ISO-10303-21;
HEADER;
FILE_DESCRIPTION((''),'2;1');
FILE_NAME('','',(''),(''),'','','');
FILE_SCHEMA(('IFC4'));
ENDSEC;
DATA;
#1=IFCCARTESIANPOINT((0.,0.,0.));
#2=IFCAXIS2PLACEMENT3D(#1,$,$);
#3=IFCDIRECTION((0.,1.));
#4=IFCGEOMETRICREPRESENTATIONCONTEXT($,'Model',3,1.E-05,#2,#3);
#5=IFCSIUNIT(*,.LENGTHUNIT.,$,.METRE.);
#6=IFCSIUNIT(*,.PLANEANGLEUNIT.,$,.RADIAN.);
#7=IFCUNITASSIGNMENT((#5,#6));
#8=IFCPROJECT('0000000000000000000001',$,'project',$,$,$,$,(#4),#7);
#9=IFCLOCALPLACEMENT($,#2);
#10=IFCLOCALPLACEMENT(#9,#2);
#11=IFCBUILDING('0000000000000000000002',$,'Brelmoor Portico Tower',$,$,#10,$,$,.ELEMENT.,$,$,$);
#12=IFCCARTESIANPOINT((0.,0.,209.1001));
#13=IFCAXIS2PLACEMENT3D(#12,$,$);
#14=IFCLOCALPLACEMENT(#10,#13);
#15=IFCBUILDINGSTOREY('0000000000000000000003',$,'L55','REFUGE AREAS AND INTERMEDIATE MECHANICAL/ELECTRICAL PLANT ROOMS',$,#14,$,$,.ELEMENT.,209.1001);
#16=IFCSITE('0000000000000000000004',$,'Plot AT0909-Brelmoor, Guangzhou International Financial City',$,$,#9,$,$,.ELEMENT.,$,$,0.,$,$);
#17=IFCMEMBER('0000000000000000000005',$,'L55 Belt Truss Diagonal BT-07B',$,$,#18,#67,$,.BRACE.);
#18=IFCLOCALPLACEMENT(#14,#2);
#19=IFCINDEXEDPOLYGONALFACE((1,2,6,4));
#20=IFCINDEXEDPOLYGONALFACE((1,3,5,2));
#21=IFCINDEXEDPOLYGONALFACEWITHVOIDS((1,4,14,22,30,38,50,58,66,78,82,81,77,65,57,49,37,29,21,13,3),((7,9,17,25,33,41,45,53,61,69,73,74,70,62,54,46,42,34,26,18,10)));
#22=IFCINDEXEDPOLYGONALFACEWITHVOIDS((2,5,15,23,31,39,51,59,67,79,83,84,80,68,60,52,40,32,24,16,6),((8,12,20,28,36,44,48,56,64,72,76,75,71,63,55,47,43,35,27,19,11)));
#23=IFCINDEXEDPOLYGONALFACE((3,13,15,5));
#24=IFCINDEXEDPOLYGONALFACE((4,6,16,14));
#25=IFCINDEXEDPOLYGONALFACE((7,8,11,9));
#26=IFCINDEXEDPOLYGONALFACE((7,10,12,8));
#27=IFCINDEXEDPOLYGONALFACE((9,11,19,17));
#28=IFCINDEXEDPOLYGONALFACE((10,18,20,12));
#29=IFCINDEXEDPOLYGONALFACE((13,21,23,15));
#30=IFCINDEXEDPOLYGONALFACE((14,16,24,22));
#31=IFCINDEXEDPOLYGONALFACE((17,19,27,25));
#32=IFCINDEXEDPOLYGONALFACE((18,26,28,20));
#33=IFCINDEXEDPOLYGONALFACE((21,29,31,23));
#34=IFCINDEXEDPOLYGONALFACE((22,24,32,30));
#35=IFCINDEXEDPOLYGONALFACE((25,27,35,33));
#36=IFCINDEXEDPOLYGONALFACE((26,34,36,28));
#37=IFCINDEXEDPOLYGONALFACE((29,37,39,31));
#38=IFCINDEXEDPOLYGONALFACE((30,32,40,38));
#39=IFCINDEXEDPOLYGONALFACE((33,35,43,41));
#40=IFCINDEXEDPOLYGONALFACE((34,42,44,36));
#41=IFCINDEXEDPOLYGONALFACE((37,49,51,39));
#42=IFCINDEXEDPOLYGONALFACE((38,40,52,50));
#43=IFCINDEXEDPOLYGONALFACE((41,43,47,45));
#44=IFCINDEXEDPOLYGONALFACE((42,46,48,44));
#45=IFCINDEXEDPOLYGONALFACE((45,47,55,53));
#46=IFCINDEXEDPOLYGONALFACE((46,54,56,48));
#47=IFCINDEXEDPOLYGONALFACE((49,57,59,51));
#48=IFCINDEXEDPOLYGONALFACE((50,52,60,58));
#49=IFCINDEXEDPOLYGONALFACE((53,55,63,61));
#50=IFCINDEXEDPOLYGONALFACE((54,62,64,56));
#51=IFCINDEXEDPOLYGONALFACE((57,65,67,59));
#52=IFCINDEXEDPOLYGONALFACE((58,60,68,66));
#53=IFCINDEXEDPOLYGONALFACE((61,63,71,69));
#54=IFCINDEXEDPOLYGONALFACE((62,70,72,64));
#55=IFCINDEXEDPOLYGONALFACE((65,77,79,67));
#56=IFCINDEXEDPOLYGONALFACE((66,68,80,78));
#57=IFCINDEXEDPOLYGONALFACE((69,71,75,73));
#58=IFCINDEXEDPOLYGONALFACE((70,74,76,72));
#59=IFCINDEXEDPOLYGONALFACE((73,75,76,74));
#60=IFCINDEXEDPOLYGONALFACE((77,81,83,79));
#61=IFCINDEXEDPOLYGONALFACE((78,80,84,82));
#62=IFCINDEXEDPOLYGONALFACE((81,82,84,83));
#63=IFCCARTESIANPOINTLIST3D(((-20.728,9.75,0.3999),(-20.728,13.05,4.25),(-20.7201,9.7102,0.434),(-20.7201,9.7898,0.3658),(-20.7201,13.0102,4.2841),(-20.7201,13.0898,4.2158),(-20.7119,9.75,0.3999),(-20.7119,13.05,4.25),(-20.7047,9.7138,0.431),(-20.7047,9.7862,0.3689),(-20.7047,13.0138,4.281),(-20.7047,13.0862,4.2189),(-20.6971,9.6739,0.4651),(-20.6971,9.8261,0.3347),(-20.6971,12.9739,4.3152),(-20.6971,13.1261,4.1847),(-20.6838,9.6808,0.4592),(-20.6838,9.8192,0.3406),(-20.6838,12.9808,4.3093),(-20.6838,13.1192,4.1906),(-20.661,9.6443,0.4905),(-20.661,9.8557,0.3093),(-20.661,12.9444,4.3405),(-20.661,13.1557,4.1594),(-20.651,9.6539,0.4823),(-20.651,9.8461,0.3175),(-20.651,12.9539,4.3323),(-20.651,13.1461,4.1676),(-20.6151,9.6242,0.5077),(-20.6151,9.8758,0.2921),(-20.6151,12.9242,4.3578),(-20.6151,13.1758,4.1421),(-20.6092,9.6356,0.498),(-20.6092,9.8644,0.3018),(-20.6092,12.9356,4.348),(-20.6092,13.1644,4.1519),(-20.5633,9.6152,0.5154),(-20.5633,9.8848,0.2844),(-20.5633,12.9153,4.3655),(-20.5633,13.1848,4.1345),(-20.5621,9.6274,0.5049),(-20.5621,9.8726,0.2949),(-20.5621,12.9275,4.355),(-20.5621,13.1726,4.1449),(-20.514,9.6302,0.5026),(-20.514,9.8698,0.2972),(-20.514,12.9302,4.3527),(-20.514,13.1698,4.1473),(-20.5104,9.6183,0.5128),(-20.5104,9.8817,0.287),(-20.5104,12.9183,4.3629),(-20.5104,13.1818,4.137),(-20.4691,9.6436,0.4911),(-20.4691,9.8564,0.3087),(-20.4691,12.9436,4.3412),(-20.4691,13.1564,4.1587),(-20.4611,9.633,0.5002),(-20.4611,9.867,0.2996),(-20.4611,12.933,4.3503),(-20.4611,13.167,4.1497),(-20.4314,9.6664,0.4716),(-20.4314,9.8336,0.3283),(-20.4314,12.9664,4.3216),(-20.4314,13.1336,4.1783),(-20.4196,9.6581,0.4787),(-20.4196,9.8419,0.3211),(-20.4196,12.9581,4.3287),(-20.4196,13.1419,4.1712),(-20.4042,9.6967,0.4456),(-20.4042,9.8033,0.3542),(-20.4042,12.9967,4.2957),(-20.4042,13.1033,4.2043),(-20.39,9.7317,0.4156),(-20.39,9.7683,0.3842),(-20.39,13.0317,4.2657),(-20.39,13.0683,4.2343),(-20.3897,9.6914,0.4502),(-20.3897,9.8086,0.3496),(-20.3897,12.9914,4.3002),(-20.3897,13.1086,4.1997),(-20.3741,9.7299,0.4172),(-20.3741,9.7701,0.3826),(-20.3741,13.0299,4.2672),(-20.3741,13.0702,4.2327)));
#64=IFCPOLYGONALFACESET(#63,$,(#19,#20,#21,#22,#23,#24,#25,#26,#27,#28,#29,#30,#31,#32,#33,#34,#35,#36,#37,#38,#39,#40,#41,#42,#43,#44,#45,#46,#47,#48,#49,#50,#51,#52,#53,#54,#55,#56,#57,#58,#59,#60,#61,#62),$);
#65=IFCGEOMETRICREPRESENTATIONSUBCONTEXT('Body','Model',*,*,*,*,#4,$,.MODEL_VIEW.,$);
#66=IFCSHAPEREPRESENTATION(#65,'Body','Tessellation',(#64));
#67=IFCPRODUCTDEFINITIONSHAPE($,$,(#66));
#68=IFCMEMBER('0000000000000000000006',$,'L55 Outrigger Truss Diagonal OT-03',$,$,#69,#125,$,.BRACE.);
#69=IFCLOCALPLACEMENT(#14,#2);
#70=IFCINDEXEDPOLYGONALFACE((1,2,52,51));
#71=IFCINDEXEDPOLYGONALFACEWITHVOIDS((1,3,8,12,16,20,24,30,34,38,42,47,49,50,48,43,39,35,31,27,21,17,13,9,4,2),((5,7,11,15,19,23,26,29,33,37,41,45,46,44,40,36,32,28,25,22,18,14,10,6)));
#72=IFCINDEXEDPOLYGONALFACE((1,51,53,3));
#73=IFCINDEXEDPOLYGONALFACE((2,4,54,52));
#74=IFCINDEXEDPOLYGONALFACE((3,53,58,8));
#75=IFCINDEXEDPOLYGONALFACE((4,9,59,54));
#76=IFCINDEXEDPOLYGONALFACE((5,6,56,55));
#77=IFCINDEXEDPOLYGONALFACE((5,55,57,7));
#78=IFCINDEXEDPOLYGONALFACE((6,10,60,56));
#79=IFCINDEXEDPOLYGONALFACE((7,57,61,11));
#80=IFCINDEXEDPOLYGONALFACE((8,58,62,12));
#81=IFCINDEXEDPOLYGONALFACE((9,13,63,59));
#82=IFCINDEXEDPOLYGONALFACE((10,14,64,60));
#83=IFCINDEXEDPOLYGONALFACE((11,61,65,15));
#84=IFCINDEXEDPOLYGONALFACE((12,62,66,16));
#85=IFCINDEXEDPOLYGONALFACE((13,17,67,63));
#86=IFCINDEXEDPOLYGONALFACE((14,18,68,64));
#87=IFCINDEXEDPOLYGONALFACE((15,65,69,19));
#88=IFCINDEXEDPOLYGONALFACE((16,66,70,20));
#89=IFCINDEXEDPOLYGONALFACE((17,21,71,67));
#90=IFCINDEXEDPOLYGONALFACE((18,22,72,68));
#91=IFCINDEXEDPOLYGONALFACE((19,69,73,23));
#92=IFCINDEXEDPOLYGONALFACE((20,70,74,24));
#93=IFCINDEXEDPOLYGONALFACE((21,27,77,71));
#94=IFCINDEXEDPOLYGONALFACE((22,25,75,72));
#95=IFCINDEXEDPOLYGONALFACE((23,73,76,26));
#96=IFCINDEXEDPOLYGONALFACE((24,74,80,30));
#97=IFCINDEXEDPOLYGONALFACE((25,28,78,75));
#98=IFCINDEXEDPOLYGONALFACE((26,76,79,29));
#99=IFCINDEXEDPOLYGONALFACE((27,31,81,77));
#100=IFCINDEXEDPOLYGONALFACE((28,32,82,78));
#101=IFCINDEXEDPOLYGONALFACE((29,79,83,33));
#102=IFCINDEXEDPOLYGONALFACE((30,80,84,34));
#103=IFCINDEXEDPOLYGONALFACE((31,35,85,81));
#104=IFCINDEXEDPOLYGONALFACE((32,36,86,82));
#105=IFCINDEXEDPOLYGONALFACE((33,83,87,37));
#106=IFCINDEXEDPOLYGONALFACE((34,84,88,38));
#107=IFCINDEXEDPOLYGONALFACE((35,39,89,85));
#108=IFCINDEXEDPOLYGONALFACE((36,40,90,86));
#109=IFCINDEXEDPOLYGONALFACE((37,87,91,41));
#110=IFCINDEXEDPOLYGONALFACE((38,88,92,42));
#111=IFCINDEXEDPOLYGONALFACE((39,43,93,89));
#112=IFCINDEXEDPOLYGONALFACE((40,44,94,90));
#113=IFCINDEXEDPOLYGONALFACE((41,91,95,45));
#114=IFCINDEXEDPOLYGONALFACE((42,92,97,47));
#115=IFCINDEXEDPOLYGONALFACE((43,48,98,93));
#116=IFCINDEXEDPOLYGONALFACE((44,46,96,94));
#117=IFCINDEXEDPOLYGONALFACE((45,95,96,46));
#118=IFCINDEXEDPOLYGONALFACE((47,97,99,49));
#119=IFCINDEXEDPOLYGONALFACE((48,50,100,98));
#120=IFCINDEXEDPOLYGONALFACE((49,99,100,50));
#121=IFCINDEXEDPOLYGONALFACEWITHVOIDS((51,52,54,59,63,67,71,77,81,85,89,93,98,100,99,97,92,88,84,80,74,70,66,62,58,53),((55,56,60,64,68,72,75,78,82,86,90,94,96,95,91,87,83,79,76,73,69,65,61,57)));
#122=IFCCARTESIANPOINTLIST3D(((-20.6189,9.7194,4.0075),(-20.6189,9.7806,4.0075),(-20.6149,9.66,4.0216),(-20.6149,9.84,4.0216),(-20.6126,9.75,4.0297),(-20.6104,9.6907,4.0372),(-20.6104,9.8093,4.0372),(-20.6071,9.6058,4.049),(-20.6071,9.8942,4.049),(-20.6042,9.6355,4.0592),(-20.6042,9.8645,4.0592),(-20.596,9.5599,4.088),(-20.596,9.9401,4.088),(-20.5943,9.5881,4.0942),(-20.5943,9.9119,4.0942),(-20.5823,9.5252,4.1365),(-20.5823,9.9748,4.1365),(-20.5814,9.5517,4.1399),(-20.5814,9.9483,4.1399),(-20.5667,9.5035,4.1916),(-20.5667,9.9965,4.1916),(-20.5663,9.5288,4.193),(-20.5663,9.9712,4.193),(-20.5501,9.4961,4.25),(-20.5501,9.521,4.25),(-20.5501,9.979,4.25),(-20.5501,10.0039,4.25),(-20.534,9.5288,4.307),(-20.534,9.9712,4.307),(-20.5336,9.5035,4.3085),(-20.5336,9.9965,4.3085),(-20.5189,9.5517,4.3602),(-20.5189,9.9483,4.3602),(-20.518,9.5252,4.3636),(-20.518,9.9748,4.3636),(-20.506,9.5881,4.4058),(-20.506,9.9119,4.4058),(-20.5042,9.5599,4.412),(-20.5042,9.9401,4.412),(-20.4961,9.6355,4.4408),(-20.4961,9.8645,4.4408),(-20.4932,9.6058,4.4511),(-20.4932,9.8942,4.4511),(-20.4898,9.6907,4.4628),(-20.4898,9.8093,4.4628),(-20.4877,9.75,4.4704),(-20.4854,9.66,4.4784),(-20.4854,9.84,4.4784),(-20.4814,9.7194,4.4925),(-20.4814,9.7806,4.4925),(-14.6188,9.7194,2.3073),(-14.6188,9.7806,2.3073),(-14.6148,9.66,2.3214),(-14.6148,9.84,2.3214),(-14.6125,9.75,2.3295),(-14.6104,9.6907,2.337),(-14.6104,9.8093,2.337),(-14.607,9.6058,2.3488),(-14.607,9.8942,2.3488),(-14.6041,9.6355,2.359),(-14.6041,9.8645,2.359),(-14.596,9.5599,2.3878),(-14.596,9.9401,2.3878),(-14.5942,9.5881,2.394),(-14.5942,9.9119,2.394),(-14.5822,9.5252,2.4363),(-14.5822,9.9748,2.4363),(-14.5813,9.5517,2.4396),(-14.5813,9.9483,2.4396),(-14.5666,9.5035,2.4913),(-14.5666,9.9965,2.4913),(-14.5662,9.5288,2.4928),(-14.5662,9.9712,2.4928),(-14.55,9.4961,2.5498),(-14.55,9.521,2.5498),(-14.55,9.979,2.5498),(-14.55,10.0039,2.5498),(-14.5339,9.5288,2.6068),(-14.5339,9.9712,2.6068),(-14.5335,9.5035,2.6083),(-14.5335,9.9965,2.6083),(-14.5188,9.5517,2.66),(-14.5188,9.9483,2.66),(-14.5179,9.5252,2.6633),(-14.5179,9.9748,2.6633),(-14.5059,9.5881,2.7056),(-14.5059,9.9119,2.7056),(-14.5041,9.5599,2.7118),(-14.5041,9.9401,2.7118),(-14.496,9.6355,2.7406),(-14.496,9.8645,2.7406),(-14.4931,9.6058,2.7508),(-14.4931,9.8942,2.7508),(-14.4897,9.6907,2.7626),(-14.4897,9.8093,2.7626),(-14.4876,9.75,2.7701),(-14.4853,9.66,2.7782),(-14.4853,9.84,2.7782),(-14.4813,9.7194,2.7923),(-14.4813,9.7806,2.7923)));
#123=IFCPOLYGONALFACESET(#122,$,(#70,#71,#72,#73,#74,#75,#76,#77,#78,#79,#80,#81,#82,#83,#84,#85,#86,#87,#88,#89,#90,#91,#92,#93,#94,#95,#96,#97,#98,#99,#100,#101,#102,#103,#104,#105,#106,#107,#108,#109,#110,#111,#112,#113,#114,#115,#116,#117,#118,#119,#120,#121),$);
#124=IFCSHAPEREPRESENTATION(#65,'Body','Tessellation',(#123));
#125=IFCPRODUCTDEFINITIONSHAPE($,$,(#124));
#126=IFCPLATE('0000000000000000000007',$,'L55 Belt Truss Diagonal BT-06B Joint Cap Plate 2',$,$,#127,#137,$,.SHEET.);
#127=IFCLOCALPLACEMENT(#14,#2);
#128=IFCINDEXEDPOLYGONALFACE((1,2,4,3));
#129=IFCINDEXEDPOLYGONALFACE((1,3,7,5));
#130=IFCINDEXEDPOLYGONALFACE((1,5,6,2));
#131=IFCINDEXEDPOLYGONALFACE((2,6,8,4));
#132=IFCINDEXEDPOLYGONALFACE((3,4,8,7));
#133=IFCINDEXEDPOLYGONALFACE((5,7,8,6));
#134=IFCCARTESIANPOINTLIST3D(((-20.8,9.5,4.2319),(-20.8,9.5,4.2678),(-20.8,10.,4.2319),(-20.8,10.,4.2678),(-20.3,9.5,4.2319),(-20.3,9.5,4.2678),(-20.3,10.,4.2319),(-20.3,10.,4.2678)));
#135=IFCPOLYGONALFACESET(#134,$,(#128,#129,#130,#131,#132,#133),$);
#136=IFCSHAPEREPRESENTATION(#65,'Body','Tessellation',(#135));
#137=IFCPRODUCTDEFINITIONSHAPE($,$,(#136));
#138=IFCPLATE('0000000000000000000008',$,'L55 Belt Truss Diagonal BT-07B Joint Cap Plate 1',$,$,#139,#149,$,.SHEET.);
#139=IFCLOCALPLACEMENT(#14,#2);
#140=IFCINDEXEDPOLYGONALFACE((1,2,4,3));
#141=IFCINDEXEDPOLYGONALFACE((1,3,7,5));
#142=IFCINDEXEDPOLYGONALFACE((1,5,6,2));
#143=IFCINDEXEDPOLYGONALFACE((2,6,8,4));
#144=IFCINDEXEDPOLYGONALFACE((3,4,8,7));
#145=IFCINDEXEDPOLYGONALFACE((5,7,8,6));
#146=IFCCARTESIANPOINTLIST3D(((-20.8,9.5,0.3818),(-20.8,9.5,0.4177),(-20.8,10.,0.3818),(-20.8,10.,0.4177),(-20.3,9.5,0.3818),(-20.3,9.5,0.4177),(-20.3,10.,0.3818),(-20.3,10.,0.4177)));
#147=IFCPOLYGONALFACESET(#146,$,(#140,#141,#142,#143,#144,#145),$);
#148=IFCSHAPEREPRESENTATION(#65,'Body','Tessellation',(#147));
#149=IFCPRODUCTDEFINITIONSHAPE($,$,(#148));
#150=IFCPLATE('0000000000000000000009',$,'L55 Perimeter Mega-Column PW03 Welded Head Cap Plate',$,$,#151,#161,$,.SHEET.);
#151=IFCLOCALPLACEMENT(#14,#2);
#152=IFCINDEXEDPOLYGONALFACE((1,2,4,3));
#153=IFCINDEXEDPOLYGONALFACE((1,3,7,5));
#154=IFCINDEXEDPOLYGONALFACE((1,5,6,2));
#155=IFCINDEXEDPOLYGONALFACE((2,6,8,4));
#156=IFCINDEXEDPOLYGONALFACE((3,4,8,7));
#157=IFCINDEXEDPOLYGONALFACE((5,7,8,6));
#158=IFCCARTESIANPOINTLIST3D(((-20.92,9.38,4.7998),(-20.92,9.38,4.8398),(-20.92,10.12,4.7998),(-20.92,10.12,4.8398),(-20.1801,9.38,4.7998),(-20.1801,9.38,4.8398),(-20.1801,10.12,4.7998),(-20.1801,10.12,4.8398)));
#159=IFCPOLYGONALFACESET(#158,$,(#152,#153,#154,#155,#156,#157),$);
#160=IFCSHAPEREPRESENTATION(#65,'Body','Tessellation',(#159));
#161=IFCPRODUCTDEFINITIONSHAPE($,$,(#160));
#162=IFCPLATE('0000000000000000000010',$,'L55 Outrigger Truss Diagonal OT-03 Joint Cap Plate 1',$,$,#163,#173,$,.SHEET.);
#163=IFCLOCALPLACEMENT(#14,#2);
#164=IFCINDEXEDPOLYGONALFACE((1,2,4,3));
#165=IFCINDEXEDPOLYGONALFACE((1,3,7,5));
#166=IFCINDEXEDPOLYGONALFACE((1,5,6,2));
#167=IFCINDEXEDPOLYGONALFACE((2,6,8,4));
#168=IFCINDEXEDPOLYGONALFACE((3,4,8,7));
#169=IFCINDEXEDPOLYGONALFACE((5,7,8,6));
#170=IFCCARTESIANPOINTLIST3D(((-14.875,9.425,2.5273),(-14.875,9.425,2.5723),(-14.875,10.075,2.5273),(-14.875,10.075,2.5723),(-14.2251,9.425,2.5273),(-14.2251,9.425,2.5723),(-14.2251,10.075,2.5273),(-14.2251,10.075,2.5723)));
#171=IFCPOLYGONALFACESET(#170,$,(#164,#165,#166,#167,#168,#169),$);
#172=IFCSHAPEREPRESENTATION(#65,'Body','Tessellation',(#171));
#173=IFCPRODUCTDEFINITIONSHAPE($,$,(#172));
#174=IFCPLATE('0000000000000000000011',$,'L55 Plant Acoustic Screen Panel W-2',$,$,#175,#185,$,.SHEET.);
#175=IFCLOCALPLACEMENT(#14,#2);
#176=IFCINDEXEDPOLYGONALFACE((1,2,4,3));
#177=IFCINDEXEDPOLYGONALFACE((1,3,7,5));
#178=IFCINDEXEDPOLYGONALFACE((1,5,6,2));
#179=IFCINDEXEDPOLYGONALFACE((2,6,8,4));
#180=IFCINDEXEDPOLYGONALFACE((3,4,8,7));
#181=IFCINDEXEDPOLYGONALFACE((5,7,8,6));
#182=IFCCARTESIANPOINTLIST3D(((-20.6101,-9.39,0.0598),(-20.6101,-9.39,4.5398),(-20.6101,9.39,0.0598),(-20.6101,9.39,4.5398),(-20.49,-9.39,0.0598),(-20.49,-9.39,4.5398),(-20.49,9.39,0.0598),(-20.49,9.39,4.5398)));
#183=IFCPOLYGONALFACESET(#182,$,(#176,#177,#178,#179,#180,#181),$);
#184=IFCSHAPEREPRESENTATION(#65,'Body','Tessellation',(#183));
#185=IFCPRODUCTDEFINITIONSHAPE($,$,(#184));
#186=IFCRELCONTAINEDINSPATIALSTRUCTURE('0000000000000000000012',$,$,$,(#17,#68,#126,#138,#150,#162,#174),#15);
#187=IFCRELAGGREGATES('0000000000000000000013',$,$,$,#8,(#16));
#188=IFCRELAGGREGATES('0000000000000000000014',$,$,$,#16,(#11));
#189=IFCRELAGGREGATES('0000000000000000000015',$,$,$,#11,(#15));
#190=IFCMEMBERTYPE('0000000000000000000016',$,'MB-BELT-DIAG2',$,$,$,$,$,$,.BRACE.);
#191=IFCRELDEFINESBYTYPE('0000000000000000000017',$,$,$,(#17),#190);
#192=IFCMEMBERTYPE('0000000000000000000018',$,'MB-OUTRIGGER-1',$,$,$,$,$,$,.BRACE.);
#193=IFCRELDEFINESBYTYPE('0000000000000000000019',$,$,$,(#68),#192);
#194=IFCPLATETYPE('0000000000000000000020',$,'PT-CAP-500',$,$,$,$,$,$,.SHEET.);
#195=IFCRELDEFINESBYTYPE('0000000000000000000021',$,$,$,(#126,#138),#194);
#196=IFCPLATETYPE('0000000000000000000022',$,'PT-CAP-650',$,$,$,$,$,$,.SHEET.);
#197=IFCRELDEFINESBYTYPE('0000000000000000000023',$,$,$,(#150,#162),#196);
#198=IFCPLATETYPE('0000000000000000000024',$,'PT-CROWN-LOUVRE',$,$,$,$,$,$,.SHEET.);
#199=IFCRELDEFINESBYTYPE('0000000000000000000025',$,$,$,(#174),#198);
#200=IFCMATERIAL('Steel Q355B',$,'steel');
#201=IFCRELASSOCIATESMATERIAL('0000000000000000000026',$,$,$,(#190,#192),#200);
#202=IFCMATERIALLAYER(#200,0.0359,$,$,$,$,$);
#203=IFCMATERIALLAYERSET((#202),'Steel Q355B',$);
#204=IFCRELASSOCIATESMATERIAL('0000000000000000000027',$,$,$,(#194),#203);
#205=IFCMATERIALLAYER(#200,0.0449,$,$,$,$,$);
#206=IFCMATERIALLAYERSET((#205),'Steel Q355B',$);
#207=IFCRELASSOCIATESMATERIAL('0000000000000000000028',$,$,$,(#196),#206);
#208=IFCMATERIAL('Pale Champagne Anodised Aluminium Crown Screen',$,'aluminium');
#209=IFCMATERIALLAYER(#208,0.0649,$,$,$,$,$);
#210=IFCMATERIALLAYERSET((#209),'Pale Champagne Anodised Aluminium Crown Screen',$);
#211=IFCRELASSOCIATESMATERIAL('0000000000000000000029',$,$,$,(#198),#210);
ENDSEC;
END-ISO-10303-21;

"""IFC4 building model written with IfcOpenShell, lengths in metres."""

from ifc_helpers import new_model, si_unit, direction, frame, origin, origin_2d, place, context, subcontext, project, spatial, rectangle, hollow_circle, extrude, material, layer, layer_set, material_profile, profile_set, type_object, element, save


model = new_model("IFC4")

# Units and contexts
model_context = context("Model", 3, precision=1e-05, world=origin(), true_north=direction((0.0, 1.0)))
body_context = subcontext(model_context, "Body", "Model", "MODEL_VIEW")
ifc_project = project(units=[si_unit("LENGTHUNIT", "METRE"), si_unit("PLANEANGLEUNIT", "RADIAN")], contexts=[model_context])

# Site, building, storey
site_placement = place(None, origin())
site = spatial("IfcSite", under=ifc_project, at=site_placement, Name="Plot AT0909-Brelmoor, Guangzhou International Financial City", CompositionType="ELEMENT", RefElevation=0.0)
building_placement = place(site_placement, origin())
building = spatial("IfcBuilding", under=site, at=building_placement, Name="Brelmoor Portico Tower", CompositionType="ELEMENT")
storey_placement = place(building_placement, frame((0.0, 0.0, 209.1001)))
storey = spatial("IfcBuildingStorey", under=building, at=storey_placement, Name="L55", Description="REFUGE AREAS AND INTERMEDIATE MECHANICAL/ELECTRICAL PLANT ROOMS", CompositionType="ELEMENT", Elevation=209.1001)

# Shared definitions
ifc_material_1 = material(Name="Steel Q355B", Category="steel")

# Members
ifc_material_profile_1 = material_profile(ifc_material_1, hollow_circle(Radius=0.178, WallThickness=0.0161, at=origin_2d()), Name="CHS 356x16")
ifc_profile_set_1 = profile_set([ifc_material_profile_1], Name="Steel Q355B")
member_type_1 = type_object("IfcMemberType", Name="MB-BELT-DIAG2", PredefinedType="BRACE", material=ifc_profile_set_1)
member_1_placement = place(storey_placement, frame((-20.55, 9.75, 0.3999), z_axis=(0.0, 0.650787, 0.75926), x_axis=(-1.0, 0.0, 0.0)))
element("IfcMember", 1, at=member_1_placement, inside=storey, type_object=member_type_1, Name="L55 Belt Truss Diagonal BT-07B", PredefinedType="BRACE", context=body_context, shape_type="SweptSolid", body=[
    extrude(hollow_circle(Radius=0.178, WallThickness=0.0161, at=origin_2d()), origin(), (0.0, 0.0, 1.0), 5.0708),
])
ifc_material_profile_2 = material_profile(ifc_material_1, hollow_circle(Radius=0.2539, WallThickness=0.0249, at=origin_2d()), Name="CHS 508x25")
ifc_profile_set_2 = profile_set([ifc_material_profile_2], Name="Steel Q355B")
member_type_2 = type_object("IfcMemberType", Name="MB-OUTRIGGER-1", PredefinedType="BRACE", material=ifc_profile_set_2)
member_2_placement = place(storey_placement, frame((-14.55, 9.75, 2.5498), z_axis=(-0.962119, 0.0, 0.272632), x_axis=(0.0, -1.0, 0.0)))
element("IfcMember", 2, at=member_2_placement, inside=storey, type_object=member_type_2, Name="L55 Outrigger Truss Diagonal OT-03", PredefinedType="BRACE", context=body_context, shape_type="SweptSolid", body=[
    extrude(hollow_circle(Radius=0.2539, WallThickness=0.0249, at=origin_2d()), origin(), (0.0, 0.0, 1.0), 6.2363),
])

# Plates
ifc_layer_1 = layer(ifc_material_1, 0.0359)
ifc_layer_set_1 = layer_set([ifc_layer_1], Name="Steel Q355B")
plate_type_1 = type_object("IfcPlateType", Name="PT-CAP-500", PredefinedType="SHEET", material=ifc_layer_set_1)
for number, where, z_axis, x_axis, name in (
    (3, (-20.55, 9.75, 4.2319), (0.0, 0.0, 1.0), (1.0, 0.0, 0.0), "L55 Belt Truss Diagonal BT-06B Joint Cap Plate 2"),
    (4, (-20.55, 9.75, 0.3818), (0.0, 0.0, 1.0), (1.0, 0.0, 0.0), "L55 Belt Truss Diagonal BT-07B Joint Cap Plate 1"),
):
    element("IfcPlate", number, at=place(storey_placement, frame(where, z_axis=z_axis, x_axis=x_axis)), inside=storey, type_object=plate_type_1, Name=name, PredefinedType="SHEET", context=body_context, shape_type="SweptSolid", body=[
        extrude(rectangle(XDim=0.5, YDim=0.5, at=origin_2d()), origin(), (0.0, 0.0, 1.0), 0.0359),
    ])
ifc_layer_2 = layer(ifc_material_1, 0.0449)
ifc_layer_set_2 = layer_set([ifc_layer_2], Name="Steel Q355B")
plate_type_2 = type_object("IfcPlateType", Name="PT-CAP-650", PredefinedType="SHEET", material=ifc_layer_set_2)
plate_1_placement = place(storey_placement, frame((-20.55, 9.75, 4.7998), z_axis=(0.0, 0.0, 1.0), x_axis=(0.0, 1.0, 0.0)))
element("IfcPlate", 5, at=plate_1_placement, inside=storey, type_object=plate_type_2, Name="L55 Perimeter Mega-Column PW03 Welded Head Cap Plate", PredefinedType="SHEET", context=body_context, shape_type="SweptSolid", body=[
    extrude(rectangle(XDim=0.74, YDim=0.74, at=origin_2d()), origin(), (0.0, 0.0, 1.0), 0.04),
])
plate_2_placement = place(storey_placement, frame((-14.55, 9.75, 2.5273), z_axis=(0.0, 0.0, 1.0), x_axis=(1.0, 0.0, 0.0)))
element("IfcPlate", 6, at=plate_2_placement, inside=storey, type_object=plate_type_2, Name="L55 Outrigger Truss Diagonal OT-03 Joint Cap Plate 1", PredefinedType="SHEET", context=body_context, shape_type="SweptSolid", body=[
    extrude(rectangle(XDim=0.6499, YDim=0.6499, at=origin_2d()), origin(), (0.0, 0.0, 1.0), 0.0449),
])
ifc_material_2 = material(Name="Pale Champagne Anodised Aluminium Crown Screen", Category="aluminium")
ifc_layer_3 = layer(ifc_material_2, 0.0649)
ifc_layer_set_3 = layer_set([ifc_layer_3], Name="Pale Champagne Anodised Aluminium Crown Screen")
plate_type_3 = type_object("IfcPlateType", Name="PT-CROWN-LOUVRE", PredefinedType="SHEET", material=ifc_layer_set_3)
plate_3_placement = place(storey_placement, frame((-20.55, 0.0, 0.0598), z_axis=(0.0, 0.0, 1.0), x_axis=(0.0, 1.0, 0.0)))
element("IfcPlate", 7, at=plate_3_placement, inside=storey, type_object=plate_type_3, Name="L55 Plant Acoustic Screen Panel W-2", PredefinedType="SHEET", context=body_context, shape_type="SweptSolid", body=[
    extrude(rectangle(XDim=18.78, YDim=0.1201, at=origin_2d()), origin(), (0.0, 0.0, 1.0), 4.48),
])

save(model, "model.ifc")
